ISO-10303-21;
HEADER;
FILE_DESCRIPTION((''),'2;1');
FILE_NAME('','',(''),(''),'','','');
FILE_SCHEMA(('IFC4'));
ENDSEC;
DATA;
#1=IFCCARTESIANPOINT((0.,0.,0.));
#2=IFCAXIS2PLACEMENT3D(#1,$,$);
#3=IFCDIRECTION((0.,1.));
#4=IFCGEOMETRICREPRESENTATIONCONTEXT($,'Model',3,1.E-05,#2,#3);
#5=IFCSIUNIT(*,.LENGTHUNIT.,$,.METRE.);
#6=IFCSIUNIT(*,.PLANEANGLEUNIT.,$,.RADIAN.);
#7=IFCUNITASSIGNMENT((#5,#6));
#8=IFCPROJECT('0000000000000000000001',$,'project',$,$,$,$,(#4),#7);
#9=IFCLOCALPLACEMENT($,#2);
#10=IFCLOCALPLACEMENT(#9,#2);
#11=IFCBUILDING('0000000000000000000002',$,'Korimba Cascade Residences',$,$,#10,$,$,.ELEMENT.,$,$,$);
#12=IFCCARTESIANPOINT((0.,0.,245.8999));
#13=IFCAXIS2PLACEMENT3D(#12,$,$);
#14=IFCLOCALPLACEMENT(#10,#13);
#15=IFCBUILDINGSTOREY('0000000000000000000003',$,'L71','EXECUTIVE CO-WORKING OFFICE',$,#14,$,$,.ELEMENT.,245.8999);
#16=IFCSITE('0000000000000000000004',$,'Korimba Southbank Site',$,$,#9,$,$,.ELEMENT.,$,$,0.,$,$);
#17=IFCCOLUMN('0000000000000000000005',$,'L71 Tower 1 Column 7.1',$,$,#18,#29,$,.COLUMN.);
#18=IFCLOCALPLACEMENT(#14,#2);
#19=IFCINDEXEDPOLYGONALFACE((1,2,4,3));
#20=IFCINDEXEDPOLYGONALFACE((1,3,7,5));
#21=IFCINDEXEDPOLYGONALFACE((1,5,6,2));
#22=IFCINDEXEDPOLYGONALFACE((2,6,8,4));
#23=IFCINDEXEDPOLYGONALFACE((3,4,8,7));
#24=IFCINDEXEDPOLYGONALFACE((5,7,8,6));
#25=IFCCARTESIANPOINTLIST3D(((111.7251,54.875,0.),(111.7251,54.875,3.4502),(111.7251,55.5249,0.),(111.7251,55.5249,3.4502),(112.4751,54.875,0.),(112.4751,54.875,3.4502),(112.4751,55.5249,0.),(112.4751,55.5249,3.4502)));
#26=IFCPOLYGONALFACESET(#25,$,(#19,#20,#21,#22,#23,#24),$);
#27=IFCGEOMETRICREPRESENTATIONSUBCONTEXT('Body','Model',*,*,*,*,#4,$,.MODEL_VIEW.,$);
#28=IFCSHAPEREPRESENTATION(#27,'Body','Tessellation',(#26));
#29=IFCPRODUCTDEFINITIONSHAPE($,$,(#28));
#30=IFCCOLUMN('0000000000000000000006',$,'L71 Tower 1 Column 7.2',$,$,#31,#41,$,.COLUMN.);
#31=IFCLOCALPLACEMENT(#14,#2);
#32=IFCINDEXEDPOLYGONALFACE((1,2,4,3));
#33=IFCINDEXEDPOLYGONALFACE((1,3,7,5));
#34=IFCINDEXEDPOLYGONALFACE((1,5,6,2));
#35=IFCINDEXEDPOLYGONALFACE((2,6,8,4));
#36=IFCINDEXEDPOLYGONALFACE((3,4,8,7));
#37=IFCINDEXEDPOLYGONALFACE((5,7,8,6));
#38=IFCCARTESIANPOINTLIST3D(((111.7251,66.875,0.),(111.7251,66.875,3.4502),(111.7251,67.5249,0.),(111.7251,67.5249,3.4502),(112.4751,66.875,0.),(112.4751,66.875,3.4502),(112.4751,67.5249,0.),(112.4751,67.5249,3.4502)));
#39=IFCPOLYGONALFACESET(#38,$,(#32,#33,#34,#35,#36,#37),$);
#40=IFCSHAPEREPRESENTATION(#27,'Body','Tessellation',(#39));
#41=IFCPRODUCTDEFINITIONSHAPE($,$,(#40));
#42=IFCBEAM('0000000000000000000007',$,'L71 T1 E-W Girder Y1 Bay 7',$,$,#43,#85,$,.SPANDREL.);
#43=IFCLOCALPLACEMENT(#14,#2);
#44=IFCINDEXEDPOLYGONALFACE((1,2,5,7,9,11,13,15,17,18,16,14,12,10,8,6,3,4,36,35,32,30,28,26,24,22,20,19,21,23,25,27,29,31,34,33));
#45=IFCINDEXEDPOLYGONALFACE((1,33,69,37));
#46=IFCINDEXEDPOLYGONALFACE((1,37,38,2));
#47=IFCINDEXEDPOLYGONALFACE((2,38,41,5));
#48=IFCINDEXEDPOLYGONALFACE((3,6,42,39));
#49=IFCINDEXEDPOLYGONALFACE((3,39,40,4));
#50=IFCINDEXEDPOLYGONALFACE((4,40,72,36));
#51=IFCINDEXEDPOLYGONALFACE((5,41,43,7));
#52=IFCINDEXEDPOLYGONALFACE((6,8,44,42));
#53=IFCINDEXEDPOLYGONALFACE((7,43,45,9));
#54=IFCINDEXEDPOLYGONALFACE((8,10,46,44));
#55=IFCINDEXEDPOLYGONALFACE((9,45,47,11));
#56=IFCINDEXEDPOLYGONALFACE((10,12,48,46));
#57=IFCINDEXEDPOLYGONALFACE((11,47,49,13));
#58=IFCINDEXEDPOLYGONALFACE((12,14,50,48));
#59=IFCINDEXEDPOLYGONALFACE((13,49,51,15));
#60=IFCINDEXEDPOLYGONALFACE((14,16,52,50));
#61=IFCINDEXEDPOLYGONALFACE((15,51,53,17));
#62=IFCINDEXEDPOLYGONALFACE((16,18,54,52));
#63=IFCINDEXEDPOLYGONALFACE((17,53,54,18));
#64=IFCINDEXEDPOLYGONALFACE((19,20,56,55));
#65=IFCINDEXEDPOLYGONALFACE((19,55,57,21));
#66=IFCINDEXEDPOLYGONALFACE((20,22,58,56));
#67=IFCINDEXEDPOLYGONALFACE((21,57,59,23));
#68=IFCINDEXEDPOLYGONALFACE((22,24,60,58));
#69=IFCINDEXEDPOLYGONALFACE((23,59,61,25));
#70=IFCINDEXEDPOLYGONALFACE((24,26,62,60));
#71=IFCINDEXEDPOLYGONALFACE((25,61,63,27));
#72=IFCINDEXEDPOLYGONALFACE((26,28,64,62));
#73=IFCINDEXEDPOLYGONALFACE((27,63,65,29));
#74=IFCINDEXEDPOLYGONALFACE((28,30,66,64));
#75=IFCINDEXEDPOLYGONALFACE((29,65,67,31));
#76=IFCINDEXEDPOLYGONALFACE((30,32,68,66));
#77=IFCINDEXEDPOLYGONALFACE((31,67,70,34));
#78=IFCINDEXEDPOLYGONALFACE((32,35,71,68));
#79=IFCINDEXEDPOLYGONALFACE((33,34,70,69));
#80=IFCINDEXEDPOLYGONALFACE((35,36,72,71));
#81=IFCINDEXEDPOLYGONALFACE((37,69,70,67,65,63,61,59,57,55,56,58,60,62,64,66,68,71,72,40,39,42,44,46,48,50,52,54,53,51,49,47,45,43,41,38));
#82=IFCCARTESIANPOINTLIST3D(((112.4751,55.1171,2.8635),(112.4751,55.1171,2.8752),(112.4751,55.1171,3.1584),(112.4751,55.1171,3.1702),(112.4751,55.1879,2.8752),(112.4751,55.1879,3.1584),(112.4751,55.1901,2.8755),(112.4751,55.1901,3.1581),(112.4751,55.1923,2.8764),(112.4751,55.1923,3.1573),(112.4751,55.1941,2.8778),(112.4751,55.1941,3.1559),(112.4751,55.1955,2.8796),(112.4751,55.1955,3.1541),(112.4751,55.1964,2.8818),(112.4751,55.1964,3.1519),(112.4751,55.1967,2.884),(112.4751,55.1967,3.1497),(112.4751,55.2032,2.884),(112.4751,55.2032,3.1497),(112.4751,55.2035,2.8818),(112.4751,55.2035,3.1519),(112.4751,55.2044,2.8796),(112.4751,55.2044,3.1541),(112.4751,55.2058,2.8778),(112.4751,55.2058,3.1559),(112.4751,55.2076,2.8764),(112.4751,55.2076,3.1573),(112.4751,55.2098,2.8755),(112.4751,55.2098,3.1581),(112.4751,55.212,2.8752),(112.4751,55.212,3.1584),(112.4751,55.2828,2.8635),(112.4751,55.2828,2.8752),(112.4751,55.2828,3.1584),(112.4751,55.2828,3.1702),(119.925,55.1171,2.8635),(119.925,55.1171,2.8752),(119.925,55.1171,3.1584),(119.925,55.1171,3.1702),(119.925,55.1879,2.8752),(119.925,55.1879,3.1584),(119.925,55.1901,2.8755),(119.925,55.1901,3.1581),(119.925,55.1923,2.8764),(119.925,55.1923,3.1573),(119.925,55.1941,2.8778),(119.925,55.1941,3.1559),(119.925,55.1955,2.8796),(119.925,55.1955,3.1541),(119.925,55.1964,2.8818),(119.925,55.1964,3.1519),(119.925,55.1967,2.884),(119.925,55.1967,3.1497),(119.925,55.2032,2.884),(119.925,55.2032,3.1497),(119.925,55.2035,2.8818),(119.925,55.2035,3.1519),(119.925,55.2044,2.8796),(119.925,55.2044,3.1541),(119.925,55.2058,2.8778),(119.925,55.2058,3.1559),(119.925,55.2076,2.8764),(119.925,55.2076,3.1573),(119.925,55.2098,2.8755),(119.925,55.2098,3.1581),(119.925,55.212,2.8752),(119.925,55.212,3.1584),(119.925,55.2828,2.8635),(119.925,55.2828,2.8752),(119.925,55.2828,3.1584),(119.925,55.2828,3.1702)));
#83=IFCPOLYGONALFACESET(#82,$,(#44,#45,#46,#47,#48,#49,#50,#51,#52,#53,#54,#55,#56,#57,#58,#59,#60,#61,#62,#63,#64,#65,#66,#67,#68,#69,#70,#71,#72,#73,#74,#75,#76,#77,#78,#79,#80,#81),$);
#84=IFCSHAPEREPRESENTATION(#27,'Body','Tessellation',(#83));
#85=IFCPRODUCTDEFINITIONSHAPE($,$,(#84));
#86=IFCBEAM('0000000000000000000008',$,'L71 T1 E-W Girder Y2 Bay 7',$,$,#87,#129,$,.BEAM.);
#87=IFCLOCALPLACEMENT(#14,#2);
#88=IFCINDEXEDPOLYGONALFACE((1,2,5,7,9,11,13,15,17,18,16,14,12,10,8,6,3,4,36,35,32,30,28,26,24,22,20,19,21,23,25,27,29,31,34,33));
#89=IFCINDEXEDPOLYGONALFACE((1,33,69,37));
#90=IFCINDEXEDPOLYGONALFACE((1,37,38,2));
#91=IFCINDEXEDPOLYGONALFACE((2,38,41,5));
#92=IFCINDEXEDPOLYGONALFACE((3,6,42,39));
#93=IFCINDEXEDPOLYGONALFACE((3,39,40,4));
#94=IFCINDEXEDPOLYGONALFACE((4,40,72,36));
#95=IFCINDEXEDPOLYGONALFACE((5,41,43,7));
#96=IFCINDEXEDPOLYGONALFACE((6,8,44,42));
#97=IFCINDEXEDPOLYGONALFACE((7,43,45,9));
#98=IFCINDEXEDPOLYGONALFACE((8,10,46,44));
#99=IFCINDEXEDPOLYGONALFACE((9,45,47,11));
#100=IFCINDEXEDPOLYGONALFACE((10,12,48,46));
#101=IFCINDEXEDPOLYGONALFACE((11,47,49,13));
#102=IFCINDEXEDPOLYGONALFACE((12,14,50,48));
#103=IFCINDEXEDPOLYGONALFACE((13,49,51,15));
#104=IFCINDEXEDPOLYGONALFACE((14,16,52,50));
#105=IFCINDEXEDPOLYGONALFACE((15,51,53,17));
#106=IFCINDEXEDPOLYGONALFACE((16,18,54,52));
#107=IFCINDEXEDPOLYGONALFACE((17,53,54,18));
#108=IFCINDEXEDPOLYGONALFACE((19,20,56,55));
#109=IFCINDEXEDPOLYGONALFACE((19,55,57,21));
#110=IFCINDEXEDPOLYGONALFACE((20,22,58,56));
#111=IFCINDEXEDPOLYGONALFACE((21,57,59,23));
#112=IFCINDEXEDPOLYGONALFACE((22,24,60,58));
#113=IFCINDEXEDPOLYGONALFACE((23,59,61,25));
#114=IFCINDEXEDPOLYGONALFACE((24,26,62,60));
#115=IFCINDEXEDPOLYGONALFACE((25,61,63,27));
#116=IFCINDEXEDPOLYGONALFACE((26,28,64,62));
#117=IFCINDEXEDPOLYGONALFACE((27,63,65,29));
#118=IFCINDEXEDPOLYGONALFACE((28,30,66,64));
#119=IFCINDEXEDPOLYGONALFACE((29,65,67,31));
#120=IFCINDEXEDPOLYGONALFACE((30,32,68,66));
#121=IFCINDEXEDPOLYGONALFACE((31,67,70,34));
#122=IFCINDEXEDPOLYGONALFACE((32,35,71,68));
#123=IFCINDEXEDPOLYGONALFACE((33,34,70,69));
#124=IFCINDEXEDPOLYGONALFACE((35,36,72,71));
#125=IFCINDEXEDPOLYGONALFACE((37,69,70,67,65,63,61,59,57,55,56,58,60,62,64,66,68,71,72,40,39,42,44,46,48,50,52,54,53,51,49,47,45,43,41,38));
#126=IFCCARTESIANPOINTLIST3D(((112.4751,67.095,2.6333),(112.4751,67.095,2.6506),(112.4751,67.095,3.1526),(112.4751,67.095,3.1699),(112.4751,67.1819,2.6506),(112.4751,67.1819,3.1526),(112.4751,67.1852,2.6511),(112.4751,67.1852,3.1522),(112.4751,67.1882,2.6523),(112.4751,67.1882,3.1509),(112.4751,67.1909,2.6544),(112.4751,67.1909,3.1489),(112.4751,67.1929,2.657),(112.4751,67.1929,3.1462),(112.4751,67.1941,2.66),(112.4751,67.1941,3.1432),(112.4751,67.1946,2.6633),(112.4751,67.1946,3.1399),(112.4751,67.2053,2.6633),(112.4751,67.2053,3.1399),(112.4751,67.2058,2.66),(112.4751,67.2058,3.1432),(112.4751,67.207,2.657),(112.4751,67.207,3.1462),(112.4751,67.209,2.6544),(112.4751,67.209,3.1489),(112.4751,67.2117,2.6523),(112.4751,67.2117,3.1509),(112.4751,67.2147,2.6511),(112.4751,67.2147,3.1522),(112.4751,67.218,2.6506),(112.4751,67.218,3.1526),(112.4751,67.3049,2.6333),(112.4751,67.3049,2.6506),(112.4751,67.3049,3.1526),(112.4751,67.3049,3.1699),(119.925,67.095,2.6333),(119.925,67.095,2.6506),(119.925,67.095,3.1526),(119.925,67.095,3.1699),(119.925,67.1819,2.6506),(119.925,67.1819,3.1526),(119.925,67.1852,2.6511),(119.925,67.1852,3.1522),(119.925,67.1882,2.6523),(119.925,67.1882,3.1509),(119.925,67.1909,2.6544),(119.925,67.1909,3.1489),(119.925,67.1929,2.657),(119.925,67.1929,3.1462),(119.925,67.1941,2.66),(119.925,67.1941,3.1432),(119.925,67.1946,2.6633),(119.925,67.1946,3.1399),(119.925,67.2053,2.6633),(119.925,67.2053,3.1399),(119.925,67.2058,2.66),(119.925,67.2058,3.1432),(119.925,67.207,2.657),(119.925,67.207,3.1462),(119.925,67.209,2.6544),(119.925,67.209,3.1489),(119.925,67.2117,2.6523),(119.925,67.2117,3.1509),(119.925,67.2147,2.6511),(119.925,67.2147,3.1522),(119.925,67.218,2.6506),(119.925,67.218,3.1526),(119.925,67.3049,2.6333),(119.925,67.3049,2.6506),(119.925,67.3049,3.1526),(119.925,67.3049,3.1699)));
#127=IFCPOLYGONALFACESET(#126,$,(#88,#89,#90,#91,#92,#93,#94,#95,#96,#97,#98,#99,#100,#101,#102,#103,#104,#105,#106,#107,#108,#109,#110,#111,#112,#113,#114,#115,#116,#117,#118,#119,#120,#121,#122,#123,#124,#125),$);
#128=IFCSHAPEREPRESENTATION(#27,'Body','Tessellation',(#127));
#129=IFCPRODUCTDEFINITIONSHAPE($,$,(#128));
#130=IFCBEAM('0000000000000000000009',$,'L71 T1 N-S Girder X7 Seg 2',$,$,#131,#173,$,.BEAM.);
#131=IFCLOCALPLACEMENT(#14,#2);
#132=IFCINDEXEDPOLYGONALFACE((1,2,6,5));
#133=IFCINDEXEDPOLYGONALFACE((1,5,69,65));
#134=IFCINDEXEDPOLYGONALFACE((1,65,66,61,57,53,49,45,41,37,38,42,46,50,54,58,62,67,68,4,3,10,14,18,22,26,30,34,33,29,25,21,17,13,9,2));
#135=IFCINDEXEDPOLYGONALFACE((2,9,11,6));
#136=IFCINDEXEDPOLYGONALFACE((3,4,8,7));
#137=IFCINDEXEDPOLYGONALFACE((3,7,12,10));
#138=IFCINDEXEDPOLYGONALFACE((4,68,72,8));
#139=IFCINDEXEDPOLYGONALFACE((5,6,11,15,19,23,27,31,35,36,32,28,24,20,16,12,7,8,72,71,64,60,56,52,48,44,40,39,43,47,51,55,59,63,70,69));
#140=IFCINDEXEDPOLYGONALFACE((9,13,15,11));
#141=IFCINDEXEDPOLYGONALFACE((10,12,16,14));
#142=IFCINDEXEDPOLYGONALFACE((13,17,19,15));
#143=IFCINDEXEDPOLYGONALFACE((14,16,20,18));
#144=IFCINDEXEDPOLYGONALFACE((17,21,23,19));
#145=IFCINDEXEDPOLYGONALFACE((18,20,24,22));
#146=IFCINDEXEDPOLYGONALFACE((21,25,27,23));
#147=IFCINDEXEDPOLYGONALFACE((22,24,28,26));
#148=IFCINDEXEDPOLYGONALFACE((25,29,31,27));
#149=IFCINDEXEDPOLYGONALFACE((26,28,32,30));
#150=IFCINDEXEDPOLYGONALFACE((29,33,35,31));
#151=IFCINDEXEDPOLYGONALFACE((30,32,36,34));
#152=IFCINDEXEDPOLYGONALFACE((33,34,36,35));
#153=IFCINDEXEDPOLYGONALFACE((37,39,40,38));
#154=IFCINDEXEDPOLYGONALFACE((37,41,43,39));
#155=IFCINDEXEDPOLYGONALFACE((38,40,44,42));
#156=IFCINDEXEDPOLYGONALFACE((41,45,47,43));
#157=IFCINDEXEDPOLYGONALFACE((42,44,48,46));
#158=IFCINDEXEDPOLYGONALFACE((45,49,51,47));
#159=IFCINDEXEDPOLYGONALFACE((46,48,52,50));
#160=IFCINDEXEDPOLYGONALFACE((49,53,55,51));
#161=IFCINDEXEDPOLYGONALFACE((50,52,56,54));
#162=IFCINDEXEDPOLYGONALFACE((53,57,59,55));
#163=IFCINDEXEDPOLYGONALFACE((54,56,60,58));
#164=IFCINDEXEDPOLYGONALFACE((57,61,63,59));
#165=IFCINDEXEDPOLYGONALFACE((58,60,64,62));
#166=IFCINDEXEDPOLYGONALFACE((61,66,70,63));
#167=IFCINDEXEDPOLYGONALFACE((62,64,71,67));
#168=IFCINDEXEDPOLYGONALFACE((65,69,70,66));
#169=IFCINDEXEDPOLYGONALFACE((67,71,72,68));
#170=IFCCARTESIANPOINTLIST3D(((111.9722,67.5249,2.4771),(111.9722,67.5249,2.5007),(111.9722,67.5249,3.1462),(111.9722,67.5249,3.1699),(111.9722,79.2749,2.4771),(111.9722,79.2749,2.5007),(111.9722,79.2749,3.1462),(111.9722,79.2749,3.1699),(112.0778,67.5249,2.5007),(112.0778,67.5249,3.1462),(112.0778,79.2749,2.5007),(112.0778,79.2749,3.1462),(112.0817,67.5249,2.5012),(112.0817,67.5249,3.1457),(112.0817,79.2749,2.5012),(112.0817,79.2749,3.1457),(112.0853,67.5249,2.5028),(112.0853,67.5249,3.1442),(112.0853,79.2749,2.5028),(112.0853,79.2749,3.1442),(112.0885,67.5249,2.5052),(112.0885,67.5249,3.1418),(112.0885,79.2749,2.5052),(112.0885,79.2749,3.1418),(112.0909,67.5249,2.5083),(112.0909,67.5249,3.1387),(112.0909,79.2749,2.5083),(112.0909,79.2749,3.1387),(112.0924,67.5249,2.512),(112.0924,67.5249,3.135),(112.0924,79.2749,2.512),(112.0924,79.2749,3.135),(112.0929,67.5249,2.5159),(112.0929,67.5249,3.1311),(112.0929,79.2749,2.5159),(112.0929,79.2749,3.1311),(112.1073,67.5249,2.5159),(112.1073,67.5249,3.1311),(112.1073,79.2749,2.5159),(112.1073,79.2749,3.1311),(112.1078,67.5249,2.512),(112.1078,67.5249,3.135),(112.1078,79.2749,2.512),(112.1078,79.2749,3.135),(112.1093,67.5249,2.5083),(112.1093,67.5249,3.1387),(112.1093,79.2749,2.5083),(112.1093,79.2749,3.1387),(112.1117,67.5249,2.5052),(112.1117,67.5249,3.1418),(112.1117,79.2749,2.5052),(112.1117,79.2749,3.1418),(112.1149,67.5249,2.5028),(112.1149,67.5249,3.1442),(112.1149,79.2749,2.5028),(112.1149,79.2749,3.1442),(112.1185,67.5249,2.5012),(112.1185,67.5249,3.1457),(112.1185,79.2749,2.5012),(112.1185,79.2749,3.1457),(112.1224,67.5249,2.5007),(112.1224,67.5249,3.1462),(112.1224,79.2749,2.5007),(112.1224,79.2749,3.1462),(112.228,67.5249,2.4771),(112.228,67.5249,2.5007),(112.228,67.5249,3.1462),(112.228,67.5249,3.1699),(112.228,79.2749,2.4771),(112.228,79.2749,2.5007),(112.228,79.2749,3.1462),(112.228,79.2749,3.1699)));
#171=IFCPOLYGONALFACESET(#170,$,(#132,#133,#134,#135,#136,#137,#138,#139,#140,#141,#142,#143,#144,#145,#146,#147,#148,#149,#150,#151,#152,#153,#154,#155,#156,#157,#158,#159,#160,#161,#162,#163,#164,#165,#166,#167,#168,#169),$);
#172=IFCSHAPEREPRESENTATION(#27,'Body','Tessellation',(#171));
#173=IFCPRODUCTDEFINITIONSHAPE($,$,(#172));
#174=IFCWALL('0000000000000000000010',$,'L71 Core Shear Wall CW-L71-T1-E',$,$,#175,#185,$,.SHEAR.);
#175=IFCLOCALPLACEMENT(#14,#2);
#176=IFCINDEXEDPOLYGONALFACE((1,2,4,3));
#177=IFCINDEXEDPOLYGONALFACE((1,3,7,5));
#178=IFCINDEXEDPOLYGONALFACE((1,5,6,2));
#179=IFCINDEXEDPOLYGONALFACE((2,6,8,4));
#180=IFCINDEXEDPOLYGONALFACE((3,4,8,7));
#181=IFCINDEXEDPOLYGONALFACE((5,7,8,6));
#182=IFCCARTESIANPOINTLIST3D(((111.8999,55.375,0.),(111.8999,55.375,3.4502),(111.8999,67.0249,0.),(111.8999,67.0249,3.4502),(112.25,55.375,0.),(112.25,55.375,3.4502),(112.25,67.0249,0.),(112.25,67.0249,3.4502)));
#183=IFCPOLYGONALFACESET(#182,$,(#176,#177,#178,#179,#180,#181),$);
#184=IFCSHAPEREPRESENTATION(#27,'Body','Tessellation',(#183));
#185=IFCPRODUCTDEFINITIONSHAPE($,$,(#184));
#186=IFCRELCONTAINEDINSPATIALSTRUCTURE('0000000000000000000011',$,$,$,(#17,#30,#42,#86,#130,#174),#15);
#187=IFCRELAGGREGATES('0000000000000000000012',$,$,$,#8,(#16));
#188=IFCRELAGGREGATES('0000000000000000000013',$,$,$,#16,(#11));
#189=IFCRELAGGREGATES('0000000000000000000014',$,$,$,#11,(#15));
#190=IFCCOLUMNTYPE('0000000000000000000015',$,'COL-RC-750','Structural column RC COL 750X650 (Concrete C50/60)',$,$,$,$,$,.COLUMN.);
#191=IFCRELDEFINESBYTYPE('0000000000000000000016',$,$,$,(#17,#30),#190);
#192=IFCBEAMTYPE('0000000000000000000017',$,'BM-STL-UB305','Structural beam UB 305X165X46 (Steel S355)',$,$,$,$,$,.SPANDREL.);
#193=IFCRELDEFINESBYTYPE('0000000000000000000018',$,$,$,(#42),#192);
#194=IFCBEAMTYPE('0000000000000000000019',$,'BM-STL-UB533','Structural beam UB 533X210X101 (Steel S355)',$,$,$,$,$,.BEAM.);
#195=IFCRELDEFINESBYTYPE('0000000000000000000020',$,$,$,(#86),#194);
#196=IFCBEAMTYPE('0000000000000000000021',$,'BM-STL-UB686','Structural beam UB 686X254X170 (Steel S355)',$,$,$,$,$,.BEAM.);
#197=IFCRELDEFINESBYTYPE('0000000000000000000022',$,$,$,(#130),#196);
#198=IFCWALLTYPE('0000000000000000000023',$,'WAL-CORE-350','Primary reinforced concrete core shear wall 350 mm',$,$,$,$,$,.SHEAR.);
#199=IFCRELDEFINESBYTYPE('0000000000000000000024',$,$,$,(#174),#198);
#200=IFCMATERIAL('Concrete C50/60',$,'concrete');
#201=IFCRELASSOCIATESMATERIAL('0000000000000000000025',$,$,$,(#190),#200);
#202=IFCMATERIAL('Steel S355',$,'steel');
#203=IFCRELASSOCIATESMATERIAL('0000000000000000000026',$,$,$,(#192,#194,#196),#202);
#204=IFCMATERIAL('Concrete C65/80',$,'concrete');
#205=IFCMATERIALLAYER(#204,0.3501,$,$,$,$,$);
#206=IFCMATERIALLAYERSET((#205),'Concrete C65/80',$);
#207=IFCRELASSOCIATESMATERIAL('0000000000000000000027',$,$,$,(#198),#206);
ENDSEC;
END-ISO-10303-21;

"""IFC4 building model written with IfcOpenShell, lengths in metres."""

from ifc_helpers import new_model, si_unit, direction, frame, frame_2d, origin, origin_2d, place, context, subcontext, project, spatial, rectangle, i_section, extrude, material, layer, layer_set, material_profile, profile_set, type_object, element, save


model = new_model("IFC4")

# Units and contexts
model_context = context("Model", 3, precision=1e-05, world=origin(), true_north=direction((0.0, 1.0)))
body_context = subcontext(model_context, "Body", "Model", "MODEL_VIEW")
ifc_project = project(units=[si_unit("LENGTHUNIT", "METRE"), si_unit("PLANEANGLEUNIT", "RADIAN")], contexts=[model_context])

# Site, building, storey
site_placement = place(None, origin())
site = spatial("IfcSite", under=ifc_project, at=site_placement, Name="Korimba Southbank Site", CompositionType="ELEMENT", RefElevation=0.0)
building_placement = place(site_placement, origin())
building = spatial("IfcBuilding", under=site, at=building_placement, Name="Korimba Cascade Residences", CompositionType="ELEMENT")
storey_placement = place(building_placement, frame((0.0, 0.0, 245.8999)))
storey = spatial("IfcBuildingStorey", under=building, at=storey_placement, Name="L71", Description="EXECUTIVE CO-WORKING OFFICE", CompositionType="ELEMENT", Elevation=245.8999)

# Columns
ifc_material_1 = material(Name="Concrete C50/60", Category="concrete")
ifc_material_profile_1 = material_profile(ifc_material_1, rectangle(XDim=0.75, YDim=0.6499, at=origin_2d()), Name="Concrete C50/60")
ifc_profile_set_1 = profile_set([ifc_material_profile_1], Name="Concrete C50/60")
column_type = type_object("IfcColumnType", Name="COL-RC-750", Description="Structural column RC COL 750X650 (Concrete C50/60)", PredefinedType="COLUMN", material=ifc_profile_set_1)
for number, where, z_axis, x_axis, name in (
    (1, (112.1001, 55.2, 0.0), (0.0, 0.0, 1.0), (1.0, 0.0, 0.0), "L71 Tower 1 Column 7.1"),
    (2, (112.1001, 67.2, 0.0), (0.0, 0.0, 1.0), (1.0, 0.0, 0.0), "L71 Tower 1 Column 7.2"),
):
    element("IfcColumn", number, at=place(storey_placement, frame(where, z_axis=z_axis, x_axis=x_axis)), inside=storey, type_object=column_type, Name=name, PredefinedType="COLUMN", context=body_context, shape_type="SweptSolid", body=[
        extrude(rectangle(XDim=0.75, YDim=0.6499, at=origin_2d()), origin(), (0.0, 0.0, 1.0), 3.4502),
    ])

# Beams
ifc_material_2 = material(Name="Steel S355", Category="steel")
ifc_material_profile_2 = material_profile(ifc_material_2, i_section(OverallWidth=0.1658, OverallDepth=0.3066, WebThickness=0.0066, FlangeThickness=0.0117, FilletRadius=0.0088, at=origin_2d()), Name="Steel S355")
ifc_profile_set_2 = profile_set([ifc_material_profile_2], Name="Steel S355")
beam_type_1 = type_object("IfcBeamType", Name="BM-STL-UB305", Description="Structural beam UB 305X165X46 (Steel S355)", PredefinedType="SPANDREL", material=ifc_profile_set_2)
beam_1_placement = place(storey_placement, frame((112.4751, 55.2, 3.0168), z_axis=(1.0, 0.0, 0.0), x_axis=(0.0, 1.0, 0.0)))
element("IfcBeam", 3, at=beam_1_placement, inside=storey, type_object=beam_type_1, Name="L71 T1 E-W Girder Y1 Bay 7", PredefinedType="SPANDREL", context=body_context, shape_type="SweptSolid", body=[
    extrude(i_section(OverallWidth=0.1658, OverallDepth=0.3066, WebThickness=0.0066, FlangeThickness=0.0117, FilletRadius=0.0088, at=origin_2d()), origin(), (0.0, 0.0, 1.0), 7.45),
])
ifc_material_profile_3 = material_profile(ifc_material_2, i_section(OverallWidth=0.21, OverallDepth=0.5366, WebThickness=0.0107, FlangeThickness=0.0173, FilletRadius=0.0127, at=origin_2d()), Name="Steel S355")
ifc_profile_set_3 = profile_set([ifc_material_profile_3], Name="Steel S355")
beam_type_2 = type_object("IfcBeamType", Name="BM-STL-UB533", Description="Structural beam UB 533X210X101 (Steel S355)", PredefinedType="BEAM", material=ifc_profile_set_3)
beam_2_placement = place(storey_placement, frame((112.4751, 67.2, 2.9016), z_axis=(1.0, 0.0, 0.0), x_axis=(0.0, 1.0, 0.0)))
element("IfcBeam", 4, at=beam_2_placement, inside=storey, type_object=beam_type_2, Name="L71 T1 E-W Girder Y2 Bay 7", PredefinedType="BEAM", context=body_context, shape_type="SweptSolid", body=[
    extrude(i_section(OverallWidth=0.21, OverallDepth=0.5366, WebThickness=0.0107, FlangeThickness=0.0173, FilletRadius=0.0127, at=origin_2d()), origin(), (0.0, 0.0, 1.0), 7.45),
])
ifc_material_profile_4 = material_profile(ifc_material_2, i_section(OverallWidth=0.2559, OverallDepth=0.6929, WebThickness=0.0144, FlangeThickness=0.0237, FilletRadius=0.0151, at=origin_2d()), Name="Steel S355")
ifc_profile_set_4 = profile_set([ifc_material_profile_4], Name="Steel S355")
beam_type_3 = type_object("IfcBeamType", Name="BM-STL-UB686", Description="Structural beam UB 686X254X170 (Steel S355)", PredefinedType="BEAM", material=ifc_profile_set_4)
beam_3_placement = place(storey_placement, frame((112.1001, 67.5249, 2.8235), z_axis=(0.0, 1.0, 0.0), x_axis=(-1.0, 0.0, 0.0)))
element("IfcBeam", 5, at=beam_3_placement, inside=storey, type_object=beam_type_3, Name="L71 T1 N-S Girder X7 Seg 2", PredefinedType="BEAM", context=body_context, shape_type="SweptSolid", body=[
    extrude(i_section(OverallWidth=0.2559, OverallDepth=0.6929, WebThickness=0.0144, FlangeThickness=0.0237, FilletRadius=0.0151, at=origin_2d()), origin(), (0.0, 0.0, 1.0), 11.75),
])

# Wall
ifc_material_3 = material(Name="Concrete C65/80", Category="concrete")
ifc_layer_1 = layer(ifc_material_3, 0.3501)
ifc_layer_set_1 = layer_set([ifc_layer_1], Name="Concrete C65/80")
wall_type_1 = type_object("IfcWallType", Name="WAL-CORE-350", Description="Primary reinforced concrete core shear wall 350 mm", PredefinedType="SHEAR", material=ifc_layer_set_1)
wall_1_placement = place(storey_placement, frame((112.075, 55.375, 0.0), z_axis=(0.0, 0.0, 1.0), x_axis=(0.0, 1.0, 0.0)))
element("IfcWall", 6, at=wall_1_placement, inside=storey, type_object=wall_type_1, Name="L71 Core Shear Wall CW-L71-T1-E", PredefinedType="SHEAR", context=body_context, shape_type="SweptSolid", body=[
    extrude(rectangle(XDim=11.6499, YDim=0.3501, at=frame_2d((5.825, 0.0))), origin(), (0.0, 0.0, 1.0), 3.4502),
])

save(model, "model.ifc")
